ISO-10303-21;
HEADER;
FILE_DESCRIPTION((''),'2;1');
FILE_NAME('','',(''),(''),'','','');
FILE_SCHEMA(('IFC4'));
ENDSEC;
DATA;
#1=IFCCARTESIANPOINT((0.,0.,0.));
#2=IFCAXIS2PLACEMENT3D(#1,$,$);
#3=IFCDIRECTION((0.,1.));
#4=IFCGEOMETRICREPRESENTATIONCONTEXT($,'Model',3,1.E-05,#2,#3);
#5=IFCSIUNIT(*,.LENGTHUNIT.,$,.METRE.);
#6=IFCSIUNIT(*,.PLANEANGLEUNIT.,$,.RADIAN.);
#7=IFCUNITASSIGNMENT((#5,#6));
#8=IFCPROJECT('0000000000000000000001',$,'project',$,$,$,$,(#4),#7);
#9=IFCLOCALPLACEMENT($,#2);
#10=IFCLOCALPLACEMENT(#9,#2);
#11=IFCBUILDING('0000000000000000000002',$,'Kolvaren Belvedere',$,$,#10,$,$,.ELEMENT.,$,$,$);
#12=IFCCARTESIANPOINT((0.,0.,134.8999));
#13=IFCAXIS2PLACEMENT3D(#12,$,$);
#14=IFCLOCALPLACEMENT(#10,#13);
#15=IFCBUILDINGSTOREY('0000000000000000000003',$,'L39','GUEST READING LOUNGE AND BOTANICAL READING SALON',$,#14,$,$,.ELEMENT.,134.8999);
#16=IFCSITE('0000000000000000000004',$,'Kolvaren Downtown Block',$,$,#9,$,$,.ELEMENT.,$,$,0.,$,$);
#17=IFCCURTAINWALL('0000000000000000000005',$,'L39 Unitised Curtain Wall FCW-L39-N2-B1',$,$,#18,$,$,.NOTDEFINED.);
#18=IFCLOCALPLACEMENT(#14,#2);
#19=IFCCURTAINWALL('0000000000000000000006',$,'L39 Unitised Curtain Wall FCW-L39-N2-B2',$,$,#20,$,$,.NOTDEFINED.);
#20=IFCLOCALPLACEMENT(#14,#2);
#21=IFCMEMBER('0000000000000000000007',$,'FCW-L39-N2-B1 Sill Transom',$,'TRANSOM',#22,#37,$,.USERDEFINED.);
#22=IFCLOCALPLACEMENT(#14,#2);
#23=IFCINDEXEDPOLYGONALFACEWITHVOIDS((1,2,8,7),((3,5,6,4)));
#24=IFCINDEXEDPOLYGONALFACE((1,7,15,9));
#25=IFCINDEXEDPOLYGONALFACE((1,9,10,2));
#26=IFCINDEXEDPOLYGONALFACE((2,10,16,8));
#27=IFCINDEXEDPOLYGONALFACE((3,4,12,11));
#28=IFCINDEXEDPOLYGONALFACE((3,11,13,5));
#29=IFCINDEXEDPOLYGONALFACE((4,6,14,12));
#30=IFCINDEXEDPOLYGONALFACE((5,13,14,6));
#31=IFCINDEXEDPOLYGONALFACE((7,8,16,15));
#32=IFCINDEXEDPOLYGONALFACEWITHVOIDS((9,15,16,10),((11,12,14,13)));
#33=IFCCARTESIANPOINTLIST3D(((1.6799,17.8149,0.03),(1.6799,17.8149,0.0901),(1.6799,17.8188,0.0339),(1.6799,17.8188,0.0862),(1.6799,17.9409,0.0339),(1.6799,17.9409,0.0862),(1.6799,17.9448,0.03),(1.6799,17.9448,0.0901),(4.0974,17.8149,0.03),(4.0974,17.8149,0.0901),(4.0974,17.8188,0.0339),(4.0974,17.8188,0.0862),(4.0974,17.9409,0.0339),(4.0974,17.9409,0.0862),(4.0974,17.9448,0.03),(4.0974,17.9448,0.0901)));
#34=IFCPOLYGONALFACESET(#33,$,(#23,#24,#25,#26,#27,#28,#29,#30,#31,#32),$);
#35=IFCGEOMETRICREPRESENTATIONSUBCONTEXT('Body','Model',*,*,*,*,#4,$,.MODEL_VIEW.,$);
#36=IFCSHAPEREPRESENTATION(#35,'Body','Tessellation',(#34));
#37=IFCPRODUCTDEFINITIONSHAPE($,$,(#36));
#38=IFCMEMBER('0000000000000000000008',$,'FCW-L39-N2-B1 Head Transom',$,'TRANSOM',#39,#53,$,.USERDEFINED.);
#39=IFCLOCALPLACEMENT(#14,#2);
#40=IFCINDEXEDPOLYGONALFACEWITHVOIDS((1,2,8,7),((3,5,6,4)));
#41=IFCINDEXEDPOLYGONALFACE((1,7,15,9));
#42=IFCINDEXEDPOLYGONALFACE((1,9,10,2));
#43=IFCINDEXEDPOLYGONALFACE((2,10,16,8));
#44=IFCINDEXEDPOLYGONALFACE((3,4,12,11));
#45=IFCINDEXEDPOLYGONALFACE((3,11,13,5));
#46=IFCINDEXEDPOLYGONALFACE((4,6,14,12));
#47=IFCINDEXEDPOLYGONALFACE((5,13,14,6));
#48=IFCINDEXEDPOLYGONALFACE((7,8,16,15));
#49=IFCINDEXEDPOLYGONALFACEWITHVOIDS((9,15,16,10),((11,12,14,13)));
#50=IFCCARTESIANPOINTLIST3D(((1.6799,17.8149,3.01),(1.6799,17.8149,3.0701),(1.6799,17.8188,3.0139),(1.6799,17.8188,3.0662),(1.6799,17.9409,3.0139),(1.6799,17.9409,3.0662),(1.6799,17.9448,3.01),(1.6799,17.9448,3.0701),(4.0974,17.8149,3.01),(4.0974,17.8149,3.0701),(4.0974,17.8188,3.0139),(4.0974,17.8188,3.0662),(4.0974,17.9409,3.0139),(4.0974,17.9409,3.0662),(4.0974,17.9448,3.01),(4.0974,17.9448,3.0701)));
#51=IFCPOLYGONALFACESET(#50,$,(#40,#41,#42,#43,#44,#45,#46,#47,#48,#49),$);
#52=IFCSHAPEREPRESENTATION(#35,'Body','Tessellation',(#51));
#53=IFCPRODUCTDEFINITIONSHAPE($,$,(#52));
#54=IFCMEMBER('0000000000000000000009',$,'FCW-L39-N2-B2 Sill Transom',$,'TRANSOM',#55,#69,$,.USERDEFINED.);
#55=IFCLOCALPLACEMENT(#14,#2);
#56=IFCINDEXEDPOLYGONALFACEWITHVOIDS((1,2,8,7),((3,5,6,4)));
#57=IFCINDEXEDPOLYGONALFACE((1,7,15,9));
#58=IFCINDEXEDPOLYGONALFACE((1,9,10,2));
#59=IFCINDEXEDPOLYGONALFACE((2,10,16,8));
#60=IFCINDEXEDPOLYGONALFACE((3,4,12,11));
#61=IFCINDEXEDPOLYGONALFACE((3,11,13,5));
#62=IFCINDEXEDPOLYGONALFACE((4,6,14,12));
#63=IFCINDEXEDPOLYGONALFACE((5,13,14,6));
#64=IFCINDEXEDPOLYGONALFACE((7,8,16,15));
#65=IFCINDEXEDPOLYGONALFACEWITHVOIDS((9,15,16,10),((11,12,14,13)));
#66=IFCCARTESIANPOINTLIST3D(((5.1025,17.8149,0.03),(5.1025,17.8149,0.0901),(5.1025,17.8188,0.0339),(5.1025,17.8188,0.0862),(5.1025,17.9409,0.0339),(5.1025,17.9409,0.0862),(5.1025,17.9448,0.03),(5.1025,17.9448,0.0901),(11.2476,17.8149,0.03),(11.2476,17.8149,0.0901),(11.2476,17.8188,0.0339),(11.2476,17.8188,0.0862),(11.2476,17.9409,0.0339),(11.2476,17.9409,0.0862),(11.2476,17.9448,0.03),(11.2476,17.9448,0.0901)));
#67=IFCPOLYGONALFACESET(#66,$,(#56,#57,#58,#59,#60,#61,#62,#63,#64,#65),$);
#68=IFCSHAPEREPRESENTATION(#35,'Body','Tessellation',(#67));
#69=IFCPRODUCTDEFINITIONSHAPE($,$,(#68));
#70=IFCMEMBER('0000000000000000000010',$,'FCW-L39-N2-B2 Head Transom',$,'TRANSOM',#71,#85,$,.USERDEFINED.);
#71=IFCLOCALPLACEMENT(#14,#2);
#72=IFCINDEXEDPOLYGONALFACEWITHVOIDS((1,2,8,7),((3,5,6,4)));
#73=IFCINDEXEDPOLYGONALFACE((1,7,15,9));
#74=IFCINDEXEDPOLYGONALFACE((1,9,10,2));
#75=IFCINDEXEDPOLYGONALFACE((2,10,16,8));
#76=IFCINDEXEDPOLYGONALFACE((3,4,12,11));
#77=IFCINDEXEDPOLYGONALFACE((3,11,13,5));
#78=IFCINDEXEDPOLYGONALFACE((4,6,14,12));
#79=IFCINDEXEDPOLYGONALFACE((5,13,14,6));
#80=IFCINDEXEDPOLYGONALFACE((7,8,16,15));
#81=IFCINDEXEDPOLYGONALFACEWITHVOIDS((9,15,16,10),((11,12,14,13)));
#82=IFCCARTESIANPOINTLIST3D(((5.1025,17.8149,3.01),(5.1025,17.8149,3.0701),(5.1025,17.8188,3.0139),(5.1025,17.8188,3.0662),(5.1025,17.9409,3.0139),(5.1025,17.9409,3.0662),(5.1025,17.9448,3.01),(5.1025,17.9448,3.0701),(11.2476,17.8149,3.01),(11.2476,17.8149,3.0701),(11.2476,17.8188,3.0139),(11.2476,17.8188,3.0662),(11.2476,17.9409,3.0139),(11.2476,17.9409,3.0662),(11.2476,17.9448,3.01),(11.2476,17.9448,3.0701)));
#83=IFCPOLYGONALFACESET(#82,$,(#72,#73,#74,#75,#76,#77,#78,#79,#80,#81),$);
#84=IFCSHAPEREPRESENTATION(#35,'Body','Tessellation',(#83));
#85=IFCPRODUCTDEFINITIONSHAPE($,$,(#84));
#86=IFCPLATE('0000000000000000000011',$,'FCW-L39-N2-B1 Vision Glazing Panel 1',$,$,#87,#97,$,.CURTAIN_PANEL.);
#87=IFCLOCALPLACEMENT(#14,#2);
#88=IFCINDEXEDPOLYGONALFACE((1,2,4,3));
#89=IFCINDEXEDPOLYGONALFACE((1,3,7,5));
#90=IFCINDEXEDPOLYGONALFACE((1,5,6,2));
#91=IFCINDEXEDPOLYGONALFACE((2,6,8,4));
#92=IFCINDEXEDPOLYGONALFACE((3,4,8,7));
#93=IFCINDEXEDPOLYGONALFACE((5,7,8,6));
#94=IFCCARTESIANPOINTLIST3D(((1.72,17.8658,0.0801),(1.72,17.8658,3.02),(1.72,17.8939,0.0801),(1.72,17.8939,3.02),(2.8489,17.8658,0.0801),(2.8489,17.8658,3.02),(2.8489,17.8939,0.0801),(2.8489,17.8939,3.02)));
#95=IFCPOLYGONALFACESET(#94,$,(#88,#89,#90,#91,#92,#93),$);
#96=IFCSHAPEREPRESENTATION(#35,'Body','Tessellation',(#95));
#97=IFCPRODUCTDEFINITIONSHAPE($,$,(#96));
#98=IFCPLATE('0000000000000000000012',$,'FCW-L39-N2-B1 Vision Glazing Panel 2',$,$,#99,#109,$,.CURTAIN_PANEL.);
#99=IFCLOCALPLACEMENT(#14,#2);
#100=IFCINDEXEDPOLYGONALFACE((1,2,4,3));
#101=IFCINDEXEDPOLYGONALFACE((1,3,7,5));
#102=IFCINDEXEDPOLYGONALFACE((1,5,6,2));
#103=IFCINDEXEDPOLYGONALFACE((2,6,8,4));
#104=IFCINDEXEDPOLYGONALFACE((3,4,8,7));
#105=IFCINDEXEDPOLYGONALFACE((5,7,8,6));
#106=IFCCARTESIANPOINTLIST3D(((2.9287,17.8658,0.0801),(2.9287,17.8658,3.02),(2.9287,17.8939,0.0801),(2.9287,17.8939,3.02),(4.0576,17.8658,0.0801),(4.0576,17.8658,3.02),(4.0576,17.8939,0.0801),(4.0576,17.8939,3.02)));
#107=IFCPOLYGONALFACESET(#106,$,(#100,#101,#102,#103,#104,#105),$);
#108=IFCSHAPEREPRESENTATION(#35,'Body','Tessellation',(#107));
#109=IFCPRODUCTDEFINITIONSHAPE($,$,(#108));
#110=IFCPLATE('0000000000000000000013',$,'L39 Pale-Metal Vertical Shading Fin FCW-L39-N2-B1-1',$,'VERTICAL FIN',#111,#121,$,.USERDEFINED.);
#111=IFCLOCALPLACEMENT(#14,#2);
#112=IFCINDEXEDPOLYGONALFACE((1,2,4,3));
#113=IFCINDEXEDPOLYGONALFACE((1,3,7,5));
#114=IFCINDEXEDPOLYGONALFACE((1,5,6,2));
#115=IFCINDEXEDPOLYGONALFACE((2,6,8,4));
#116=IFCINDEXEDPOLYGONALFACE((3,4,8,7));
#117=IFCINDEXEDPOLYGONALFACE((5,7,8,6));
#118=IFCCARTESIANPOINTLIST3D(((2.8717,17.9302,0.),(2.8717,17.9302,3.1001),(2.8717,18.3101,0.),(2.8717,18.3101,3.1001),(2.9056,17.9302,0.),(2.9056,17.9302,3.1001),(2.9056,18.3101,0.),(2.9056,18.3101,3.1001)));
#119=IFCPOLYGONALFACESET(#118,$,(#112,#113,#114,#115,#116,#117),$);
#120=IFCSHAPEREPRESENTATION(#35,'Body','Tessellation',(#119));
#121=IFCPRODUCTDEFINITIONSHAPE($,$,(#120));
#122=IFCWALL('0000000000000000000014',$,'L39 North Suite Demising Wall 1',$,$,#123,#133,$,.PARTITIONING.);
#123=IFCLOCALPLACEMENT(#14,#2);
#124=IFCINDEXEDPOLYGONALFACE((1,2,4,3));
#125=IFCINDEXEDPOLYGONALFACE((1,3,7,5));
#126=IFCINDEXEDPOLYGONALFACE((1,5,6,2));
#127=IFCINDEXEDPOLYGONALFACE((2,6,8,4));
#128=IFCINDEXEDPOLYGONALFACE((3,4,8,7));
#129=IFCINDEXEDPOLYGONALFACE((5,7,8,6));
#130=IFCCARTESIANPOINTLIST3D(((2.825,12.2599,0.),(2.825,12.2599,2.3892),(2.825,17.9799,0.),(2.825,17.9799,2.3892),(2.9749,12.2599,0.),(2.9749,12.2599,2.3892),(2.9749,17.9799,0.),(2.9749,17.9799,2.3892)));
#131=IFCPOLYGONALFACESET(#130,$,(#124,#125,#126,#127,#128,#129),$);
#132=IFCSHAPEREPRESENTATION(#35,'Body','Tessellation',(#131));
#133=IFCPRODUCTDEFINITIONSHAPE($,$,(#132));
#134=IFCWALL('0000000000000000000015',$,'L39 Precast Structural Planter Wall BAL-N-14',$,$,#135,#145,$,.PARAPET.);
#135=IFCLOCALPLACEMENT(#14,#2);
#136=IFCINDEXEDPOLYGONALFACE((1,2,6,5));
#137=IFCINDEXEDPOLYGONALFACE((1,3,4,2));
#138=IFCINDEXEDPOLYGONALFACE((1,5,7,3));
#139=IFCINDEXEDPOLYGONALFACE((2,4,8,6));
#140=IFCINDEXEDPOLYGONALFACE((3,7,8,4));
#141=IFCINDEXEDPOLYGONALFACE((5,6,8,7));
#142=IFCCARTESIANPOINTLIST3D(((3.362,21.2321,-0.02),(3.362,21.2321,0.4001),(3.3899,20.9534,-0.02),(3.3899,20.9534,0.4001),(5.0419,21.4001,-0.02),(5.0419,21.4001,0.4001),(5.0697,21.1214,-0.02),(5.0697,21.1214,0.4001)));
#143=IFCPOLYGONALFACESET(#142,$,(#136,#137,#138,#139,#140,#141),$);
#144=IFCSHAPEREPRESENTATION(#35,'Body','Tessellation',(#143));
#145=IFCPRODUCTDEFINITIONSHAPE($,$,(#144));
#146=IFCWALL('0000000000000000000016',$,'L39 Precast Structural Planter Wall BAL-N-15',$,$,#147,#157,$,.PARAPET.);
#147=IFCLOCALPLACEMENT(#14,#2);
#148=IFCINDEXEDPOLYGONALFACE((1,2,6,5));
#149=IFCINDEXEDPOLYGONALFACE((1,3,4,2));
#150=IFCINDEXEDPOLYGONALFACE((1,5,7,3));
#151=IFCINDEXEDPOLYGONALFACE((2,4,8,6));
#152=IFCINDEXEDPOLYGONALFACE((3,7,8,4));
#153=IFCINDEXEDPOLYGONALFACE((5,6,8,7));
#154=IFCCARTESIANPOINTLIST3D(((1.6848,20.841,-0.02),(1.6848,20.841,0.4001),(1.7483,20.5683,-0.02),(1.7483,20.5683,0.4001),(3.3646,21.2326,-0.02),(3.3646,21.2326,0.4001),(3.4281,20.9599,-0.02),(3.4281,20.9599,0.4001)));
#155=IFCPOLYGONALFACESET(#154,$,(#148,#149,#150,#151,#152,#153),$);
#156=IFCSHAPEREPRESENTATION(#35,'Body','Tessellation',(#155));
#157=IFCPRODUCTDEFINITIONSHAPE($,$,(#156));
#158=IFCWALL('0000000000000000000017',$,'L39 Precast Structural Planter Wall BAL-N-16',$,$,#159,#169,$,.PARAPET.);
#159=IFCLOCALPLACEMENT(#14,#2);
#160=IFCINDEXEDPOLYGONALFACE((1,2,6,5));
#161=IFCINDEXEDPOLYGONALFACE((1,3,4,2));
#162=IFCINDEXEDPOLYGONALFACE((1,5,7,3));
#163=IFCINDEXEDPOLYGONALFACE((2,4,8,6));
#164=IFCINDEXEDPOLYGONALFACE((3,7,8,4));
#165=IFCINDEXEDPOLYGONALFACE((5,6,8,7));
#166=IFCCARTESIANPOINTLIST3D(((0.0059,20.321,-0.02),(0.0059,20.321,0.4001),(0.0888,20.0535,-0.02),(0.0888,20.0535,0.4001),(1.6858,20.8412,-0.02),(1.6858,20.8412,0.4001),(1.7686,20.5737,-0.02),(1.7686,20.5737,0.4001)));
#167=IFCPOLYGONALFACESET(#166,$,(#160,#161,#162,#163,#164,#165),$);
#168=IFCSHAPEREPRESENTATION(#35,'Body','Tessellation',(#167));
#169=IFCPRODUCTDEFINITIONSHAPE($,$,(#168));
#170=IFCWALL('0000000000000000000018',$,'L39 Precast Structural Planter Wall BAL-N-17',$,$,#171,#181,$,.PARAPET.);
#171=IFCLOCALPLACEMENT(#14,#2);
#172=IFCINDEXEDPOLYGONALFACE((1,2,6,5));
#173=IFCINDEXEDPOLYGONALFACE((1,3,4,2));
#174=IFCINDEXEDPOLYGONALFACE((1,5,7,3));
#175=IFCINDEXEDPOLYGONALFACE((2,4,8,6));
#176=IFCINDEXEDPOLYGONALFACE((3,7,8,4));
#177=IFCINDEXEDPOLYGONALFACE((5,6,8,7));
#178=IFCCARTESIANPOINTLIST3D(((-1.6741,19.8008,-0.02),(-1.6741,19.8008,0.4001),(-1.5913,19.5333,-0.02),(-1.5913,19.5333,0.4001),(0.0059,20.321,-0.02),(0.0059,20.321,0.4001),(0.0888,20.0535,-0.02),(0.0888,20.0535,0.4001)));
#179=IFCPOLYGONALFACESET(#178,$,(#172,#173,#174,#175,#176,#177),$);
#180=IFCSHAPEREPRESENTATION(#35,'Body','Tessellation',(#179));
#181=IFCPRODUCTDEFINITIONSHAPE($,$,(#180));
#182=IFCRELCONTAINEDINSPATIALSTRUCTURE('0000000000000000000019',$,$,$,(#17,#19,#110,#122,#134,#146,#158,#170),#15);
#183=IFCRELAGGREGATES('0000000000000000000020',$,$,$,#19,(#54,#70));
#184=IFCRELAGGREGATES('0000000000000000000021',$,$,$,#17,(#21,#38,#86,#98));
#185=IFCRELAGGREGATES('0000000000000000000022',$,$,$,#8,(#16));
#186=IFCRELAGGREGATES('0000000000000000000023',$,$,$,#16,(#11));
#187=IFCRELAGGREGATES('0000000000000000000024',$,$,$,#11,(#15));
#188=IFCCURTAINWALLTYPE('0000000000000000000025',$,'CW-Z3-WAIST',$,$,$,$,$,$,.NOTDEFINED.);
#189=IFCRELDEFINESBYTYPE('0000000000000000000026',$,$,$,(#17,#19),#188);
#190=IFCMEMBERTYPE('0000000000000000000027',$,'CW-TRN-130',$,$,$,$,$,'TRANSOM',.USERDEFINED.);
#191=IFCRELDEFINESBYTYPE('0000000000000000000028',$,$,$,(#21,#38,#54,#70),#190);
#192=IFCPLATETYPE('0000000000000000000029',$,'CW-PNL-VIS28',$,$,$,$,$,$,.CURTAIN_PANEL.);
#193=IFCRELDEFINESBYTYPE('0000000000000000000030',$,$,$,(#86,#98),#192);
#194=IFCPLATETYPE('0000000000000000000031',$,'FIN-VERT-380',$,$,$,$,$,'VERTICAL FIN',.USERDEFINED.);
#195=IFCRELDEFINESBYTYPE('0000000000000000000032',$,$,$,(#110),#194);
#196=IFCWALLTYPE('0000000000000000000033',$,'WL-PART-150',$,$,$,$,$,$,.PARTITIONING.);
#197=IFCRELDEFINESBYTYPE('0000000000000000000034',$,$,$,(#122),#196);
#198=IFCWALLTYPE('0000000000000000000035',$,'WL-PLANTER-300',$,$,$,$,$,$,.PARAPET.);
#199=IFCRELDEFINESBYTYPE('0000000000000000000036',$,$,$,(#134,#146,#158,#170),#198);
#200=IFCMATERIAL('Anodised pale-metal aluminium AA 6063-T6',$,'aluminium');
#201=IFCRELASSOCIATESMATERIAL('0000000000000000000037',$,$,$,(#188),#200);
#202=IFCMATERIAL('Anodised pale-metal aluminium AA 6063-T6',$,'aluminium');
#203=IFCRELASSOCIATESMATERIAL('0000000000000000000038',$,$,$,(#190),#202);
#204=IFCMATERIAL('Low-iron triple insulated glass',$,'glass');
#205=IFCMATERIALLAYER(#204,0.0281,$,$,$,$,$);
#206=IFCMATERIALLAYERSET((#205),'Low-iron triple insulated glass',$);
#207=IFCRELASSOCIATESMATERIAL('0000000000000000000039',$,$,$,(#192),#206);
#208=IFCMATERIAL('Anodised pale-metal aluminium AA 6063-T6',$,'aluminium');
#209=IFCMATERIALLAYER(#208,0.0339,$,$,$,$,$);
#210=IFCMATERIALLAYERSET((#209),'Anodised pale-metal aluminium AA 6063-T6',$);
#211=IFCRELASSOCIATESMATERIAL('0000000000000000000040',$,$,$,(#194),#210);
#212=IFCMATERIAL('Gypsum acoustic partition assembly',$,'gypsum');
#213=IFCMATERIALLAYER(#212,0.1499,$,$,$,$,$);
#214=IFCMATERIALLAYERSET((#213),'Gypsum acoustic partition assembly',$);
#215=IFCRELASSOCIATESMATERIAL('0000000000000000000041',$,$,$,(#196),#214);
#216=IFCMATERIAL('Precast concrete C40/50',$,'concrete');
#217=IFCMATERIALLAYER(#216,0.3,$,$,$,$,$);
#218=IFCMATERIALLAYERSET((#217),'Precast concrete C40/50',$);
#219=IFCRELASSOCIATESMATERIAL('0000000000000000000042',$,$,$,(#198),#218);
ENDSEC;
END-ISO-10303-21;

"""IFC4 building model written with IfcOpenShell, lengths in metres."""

from ifc_helpers import new_model, si_unit, direction, frame, frame_2d, origin, origin_2d, place, context, subcontext, project, spatial, rectangle, hollow_rectangle, extrude, material, layer, layer_set, material_profile, profile_set, type_object, element, aggregate, save


model = new_model("IFC4")

# Units and contexts
model_context = context("Model", 3, precision=1e-05, world=origin(), true_north=direction((0.0, 1.0)))
body_context = subcontext(model_context, "Body", "Model", "MODEL_VIEW")
ifc_project = project(units=[si_unit("LENGTHUNIT", "METRE"), si_unit("PLANEANGLEUNIT", "RADIAN")], contexts=[model_context])

# Site, building, storey
site_placement = place(None, origin())
site = spatial("IfcSite", under=ifc_project, at=site_placement, Name="Kolvaren Downtown Block", CompositionType="ELEMENT", RefElevation=0.0)
building_placement = place(site_placement, origin())
building = spatial("IfcBuilding", under=site, at=building_placement, Name="Kolvaren Belvedere", CompositionType="ELEMENT")
storey_placement = place(building_placement, frame((0.0, 0.0, 134.8999)))
storey = spatial("IfcBuildingStorey", under=building, at=storey_placement, Name="L39", Description="GUEST READING LOUNGE AND BOTANICAL READING SALON", CompositionType="ELEMENT", Elevation=134.8999)

# Curtain wall
ifc_material_1 = material(Name="Anodised pale-metal aluminium AA 6063-T6", Category="aluminium")
curtain_wall_type = type_object("IfcCurtainWallType", Name="CW-Z3-WAIST", PredefinedType="NOTDEFINED", material=ifc_material_1)
curtain_wall_1_placement = place(storey_placement, origin())
curtain_wall_1 = element("IfcCurtainWall", 1, at=curtain_wall_1_placement, inside=storey, type_object=curtain_wall_type, Name="L39 Unitised Curtain Wall FCW-L39-N2-B1", PredefinedType="NOTDEFINED")

# Curtain wall
curtain_wall_2_placement = place(storey_placement, origin())
curtain_wall_2 = element("IfcCurtainWall", 2, at=curtain_wall_2_placement, inside=storey, type_object=curtain_wall_type, Name="L39 Unitised Curtain Wall FCW-L39-N2-B2", PredefinedType="NOTDEFINED")

# Members
ifc_material_2 = material(Name="Anodised pale-metal aluminium AA 6063-T6", Category="aluminium")
ifc_material_profile_1 = material_profile(ifc_material_2, hollow_rectangle(XDim=0.0601, YDim=0.1299, WallThickness=0.0039, at=origin_2d()), Name="ALU-TRN-130X60")
ifc_profile_set_1 = profile_set([ifc_material_profile_1], Name="Anodised pale-metal aluminium AA 6063-T6")
member_type_1 = type_object("IfcMemberType", Name="CW-TRN-130", ElementType="TRANSOM", PredefinedType="USERDEFINED", material=ifc_profile_set_1)
member_1_placement = place(storey_placement, frame((1.6799, 17.8799, 0.0601), z_axis=(1.0, 0.0, 0.0), x_axis=(0.0, 0.0, 1.0)))
member_1 = element("IfcMember", 3, at=member_1_placement, type_object=member_type_1, Name="FCW-L39-N2-B1 Sill Transom", ObjectType="TRANSOM", PredefinedType="USERDEFINED", context=body_context, shape_type="SweptSolid", body=[
    extrude(hollow_rectangle(XDim=0.0601, YDim=0.1299, WallThickness=0.0039, at=origin_2d()), origin(), (0.0, 0.0, 1.0), 2.4175),
])
member_2_placement = place(storey_placement, frame((1.6799, 17.8799, 3.04), z_axis=(1.0, 0.0, 0.0), x_axis=(0.0, 0.0, 1.0)))
member_2 = element("IfcMember", 4, at=member_2_placement, type_object=member_type_1, Name="FCW-L39-N2-B1 Head Transom", ObjectType="TRANSOM", PredefinedType="USERDEFINED", context=body_context, shape_type="SweptSolid", body=[
    extrude(hollow_rectangle(XDim=0.0601, YDim=0.1299, WallThickness=0.0039, at=origin_2d()), origin(), (0.0, 0.0, 1.0), 2.4175),
])
member_3_placement = place(storey_placement, frame((5.1025, 17.8799, 0.0601), z_axis=(1.0, 0.0, 0.0), x_axis=(0.0, 0.0, 1.0)))
member_3 = element("IfcMember", 5, at=member_3_placement, type_object=member_type_1, Name="FCW-L39-N2-B2 Sill Transom", ObjectType="TRANSOM", PredefinedType="USERDEFINED", context=body_context, shape_type="SweptSolid", body=[
    extrude(hollow_rectangle(XDim=0.0601, YDim=0.1299, WallThickness=0.0039, at=origin_2d()), origin(), (0.0, 0.0, 1.0), 6.145),
])
member_4_placement = place(storey_placement, frame((5.1025, 17.8799, 3.04), z_axis=(1.0, 0.0, 0.0), x_axis=(0.0, 0.0, 1.0)))
member_4 = element("IfcMember", 6, at=member_4_placement, type_object=member_type_1, Name="FCW-L39-N2-B2 Head Transom", ObjectType="TRANSOM", PredefinedType="USERDEFINED", context=body_context, shape_type="SweptSolid", body=[
    extrude(hollow_rectangle(XDim=0.0601, YDim=0.1299, WallThickness=0.0039, at=origin_2d()), origin(), (0.0, 0.0, 1.0), 6.145),
])
aggregate(curtain_wall_2, [member_3, member_4])

# Plates
ifc_material_3 = material(Name="Low-iron triple insulated glass", Category="glass")
ifc_layer_1 = layer(ifc_material_3, 0.0281)
ifc_layer_set_1 = layer_set([ifc_layer_1], Name="Low-iron triple insulated glass")
plate_type_1 = type_object("IfcPlateType", Name="CW-PNL-VIS28", PredefinedType="CURTAIN_PANEL", material=ifc_layer_set_1)
plate_1_placement = place(storey_placement, frame((2.2844, 17.8799, 0.0801), z_axis=(0.0, 0.0, 1.0), x_axis=(1.0, 0.0, 0.0)))
plate_1 = element("IfcPlate", 7, at=plate_1_placement, type_object=plate_type_1, Name="FCW-L39-N2-B1 Vision Glazing Panel 1", PredefinedType="CURTAIN_PANEL", context=body_context, shape_type="SweptSolid", body=[
    extrude(rectangle(XDim=1.1289, YDim=0.0281, at=origin_2d()), origin(), (0.0, 0.0, 1.0), 2.9399),
])
plate_2_placement = place(storey_placement, frame((3.4932, 17.8799, 0.0801), z_axis=(0.0, 0.0, 1.0), x_axis=(1.0, 0.0, 0.0)))
plate_2 = element("IfcPlate", 8, at=plate_2_placement, type_object=plate_type_1, Name="FCW-L39-N2-B1 Vision Glazing Panel 2", PredefinedType="CURTAIN_PANEL", context=body_context, shape_type="SweptSolid", body=[
    extrude(rectangle(XDim=1.1289, YDim=0.0281, at=origin_2d()), origin(), (0.0, 0.0, 1.0), 2.9399),
])
aggregate(curtain_wall_1, [member_1, member_2, plate_1, plate_2])
ifc_material_4 = material(Name="Anodised pale-metal aluminium AA 6063-T6", Category="aluminium")
ifc_layer_2 = layer(ifc_material_4, 0.0339)
ifc_layer_set_2 = layer_set([ifc_layer_2], Name="Anodised pale-metal aluminium AA 6063-T6")
plate_type_2 = type_object("IfcPlateType", Name="FIN-VERT-380", ElementType="VERTICAL FIN", PredefinedType="USERDEFINED", material=ifc_layer_set_2)
plate_3_placement = place(storey_placement, frame((2.8887, 18.1201, 0.0), z_axis=(0.0, 0.0, 1.0), x_axis=(0.0, 1.0, 0.0)))
element("IfcPlate", 9, at=plate_3_placement, inside=storey, type_object=plate_type_2, Name="L39 Pale-Metal Vertical Shading Fin FCW-L39-N2-B1-1", ObjectType="VERTICAL FIN", PredefinedType="USERDEFINED", context=body_context, shape_type="SweptSolid", body=[
    extrude(rectangle(XDim=0.3799, YDim=0.0339, at=origin_2d()), origin(), (0.0, 0.0, 1.0), 3.1001),
])

# Walls
ifc_material_5 = material(Name="Gypsum acoustic partition assembly", Category="gypsum")
ifc_layer_3 = layer(ifc_material_5, 0.1499)
ifc_layer_set_3 = layer_set([ifc_layer_3], Name="Gypsum acoustic partition assembly")
wall_type_1 = type_object("IfcWallType", Name="WL-PART-150", PredefinedType="PARTITIONING", material=ifc_layer_set_3)
wall_1_placement = place(storey_placement, frame((2.8999, 12.26, 0.0), z_axis=(0.0, 0.0, 1.0), x_axis=(0.0, 1.0, 0.0)))
element("IfcWall", 10, at=wall_1_placement, inside=storey, type_object=wall_type_1, Name="L39 North Suite Demising Wall 1", PredefinedType="PARTITIONING", context=body_context, shape_type="SweptSolid", body=[
    extrude(rectangle(XDim=5.72, YDim=0.1499, at=frame_2d((2.8599, 0.0))), origin(), (0.0, 0.0, 1.0), 2.3892),
])
ifc_material_6 = material(Name="Precast concrete C40/50", Category="concrete")
ifc_layer_4 = layer(ifc_material_6, 0.3)
ifc_layer_set_4 = layer_set([ifc_layer_4], Name="Precast concrete C40/50")
wall_type_2 = type_object("IfcWallType", Name="WL-PLANTER-300", PredefinedType="PARAPET", material=ifc_layer_set_4)
wall_2_placement = place(storey_placement, frame((5.0559, 21.2607, -0.02), z_axis=(0.0, 0.0, 1.0), x_axis=(-0.995039, -0.099489, 0.0)))
element("IfcWall", 11, at=wall_2_placement, inside=storey, type_object=wall_type_2, Name="L39 Precast Structural Planter Wall BAL-N-14", PredefinedType="PARAPET", context=body_context, shape_type="SweptSolid", body=[
    extrude(rectangle(XDim=1.6882, YDim=0.28, at=frame_2d((0.8442, 0.0))), origin(), (0.0, 0.0, 1.0), 0.4202),
])
wall_3_placement = place(storey_placement, frame((3.3962, 21.0962, -0.02), z_axis=(0.0, 0.0, 1.0), x_axis=(-0.97389, -0.227019, 0.0)))
element("IfcWall", 12, at=wall_3_placement, inside=storey, type_object=wall_type_2, Name="L39 Precast Structural Planter Wall BAL-N-15", PredefinedType="PARAPET", context=body_context, shape_type="SweptSolid", body=[
    extrude(rectangle(XDim=1.7249, YDim=0.28, at=frame_2d((0.8623, 0.0))), origin(), (0.0, 0.0, 1.0), 0.4202),
])
wall_4_placement = place(storey_placement, frame((1.7273, 20.7075, -0.02), z_axis=(0.0, 0.0, 1.0), x_axis=(-0.95524, -0.295832, 0.0)))
element("IfcWall", 13, at=wall_4_placement, inside=storey, type_object=wall_type_2, Name="L39 Precast Structural Planter Wall BAL-N-16", PredefinedType="PARAPET", context=body_context, shape_type="SweptSolid", body=[
    extrude(rectangle(XDim=1.7585, YDim=0.28, at=frame_2d((0.8794, 0.0))), origin(), (0.0, 0.0, 1.0), 0.4202),
])
wall_5_placement = place(storey_placement, frame((0.0474, 20.1873, -0.02), z_axis=(0.0, 0.0, 1.0), x_axis=(-0.955252, -0.295792, 0.0)))
element("IfcWall", 14, at=wall_5_placement, inside=storey, type_object=wall_type_2, Name="L39 Precast Structural Planter Wall BAL-N-17", PredefinedType="PARAPET", context=body_context, shape_type="SweptSolid", body=[
    extrude(rectangle(XDim=1.7588, YDim=0.28, at=frame_2d((0.8794, 0.0))), origin(), (0.0, 0.0, 1.0), 0.4202),
])

save(model, "model.ifc")
